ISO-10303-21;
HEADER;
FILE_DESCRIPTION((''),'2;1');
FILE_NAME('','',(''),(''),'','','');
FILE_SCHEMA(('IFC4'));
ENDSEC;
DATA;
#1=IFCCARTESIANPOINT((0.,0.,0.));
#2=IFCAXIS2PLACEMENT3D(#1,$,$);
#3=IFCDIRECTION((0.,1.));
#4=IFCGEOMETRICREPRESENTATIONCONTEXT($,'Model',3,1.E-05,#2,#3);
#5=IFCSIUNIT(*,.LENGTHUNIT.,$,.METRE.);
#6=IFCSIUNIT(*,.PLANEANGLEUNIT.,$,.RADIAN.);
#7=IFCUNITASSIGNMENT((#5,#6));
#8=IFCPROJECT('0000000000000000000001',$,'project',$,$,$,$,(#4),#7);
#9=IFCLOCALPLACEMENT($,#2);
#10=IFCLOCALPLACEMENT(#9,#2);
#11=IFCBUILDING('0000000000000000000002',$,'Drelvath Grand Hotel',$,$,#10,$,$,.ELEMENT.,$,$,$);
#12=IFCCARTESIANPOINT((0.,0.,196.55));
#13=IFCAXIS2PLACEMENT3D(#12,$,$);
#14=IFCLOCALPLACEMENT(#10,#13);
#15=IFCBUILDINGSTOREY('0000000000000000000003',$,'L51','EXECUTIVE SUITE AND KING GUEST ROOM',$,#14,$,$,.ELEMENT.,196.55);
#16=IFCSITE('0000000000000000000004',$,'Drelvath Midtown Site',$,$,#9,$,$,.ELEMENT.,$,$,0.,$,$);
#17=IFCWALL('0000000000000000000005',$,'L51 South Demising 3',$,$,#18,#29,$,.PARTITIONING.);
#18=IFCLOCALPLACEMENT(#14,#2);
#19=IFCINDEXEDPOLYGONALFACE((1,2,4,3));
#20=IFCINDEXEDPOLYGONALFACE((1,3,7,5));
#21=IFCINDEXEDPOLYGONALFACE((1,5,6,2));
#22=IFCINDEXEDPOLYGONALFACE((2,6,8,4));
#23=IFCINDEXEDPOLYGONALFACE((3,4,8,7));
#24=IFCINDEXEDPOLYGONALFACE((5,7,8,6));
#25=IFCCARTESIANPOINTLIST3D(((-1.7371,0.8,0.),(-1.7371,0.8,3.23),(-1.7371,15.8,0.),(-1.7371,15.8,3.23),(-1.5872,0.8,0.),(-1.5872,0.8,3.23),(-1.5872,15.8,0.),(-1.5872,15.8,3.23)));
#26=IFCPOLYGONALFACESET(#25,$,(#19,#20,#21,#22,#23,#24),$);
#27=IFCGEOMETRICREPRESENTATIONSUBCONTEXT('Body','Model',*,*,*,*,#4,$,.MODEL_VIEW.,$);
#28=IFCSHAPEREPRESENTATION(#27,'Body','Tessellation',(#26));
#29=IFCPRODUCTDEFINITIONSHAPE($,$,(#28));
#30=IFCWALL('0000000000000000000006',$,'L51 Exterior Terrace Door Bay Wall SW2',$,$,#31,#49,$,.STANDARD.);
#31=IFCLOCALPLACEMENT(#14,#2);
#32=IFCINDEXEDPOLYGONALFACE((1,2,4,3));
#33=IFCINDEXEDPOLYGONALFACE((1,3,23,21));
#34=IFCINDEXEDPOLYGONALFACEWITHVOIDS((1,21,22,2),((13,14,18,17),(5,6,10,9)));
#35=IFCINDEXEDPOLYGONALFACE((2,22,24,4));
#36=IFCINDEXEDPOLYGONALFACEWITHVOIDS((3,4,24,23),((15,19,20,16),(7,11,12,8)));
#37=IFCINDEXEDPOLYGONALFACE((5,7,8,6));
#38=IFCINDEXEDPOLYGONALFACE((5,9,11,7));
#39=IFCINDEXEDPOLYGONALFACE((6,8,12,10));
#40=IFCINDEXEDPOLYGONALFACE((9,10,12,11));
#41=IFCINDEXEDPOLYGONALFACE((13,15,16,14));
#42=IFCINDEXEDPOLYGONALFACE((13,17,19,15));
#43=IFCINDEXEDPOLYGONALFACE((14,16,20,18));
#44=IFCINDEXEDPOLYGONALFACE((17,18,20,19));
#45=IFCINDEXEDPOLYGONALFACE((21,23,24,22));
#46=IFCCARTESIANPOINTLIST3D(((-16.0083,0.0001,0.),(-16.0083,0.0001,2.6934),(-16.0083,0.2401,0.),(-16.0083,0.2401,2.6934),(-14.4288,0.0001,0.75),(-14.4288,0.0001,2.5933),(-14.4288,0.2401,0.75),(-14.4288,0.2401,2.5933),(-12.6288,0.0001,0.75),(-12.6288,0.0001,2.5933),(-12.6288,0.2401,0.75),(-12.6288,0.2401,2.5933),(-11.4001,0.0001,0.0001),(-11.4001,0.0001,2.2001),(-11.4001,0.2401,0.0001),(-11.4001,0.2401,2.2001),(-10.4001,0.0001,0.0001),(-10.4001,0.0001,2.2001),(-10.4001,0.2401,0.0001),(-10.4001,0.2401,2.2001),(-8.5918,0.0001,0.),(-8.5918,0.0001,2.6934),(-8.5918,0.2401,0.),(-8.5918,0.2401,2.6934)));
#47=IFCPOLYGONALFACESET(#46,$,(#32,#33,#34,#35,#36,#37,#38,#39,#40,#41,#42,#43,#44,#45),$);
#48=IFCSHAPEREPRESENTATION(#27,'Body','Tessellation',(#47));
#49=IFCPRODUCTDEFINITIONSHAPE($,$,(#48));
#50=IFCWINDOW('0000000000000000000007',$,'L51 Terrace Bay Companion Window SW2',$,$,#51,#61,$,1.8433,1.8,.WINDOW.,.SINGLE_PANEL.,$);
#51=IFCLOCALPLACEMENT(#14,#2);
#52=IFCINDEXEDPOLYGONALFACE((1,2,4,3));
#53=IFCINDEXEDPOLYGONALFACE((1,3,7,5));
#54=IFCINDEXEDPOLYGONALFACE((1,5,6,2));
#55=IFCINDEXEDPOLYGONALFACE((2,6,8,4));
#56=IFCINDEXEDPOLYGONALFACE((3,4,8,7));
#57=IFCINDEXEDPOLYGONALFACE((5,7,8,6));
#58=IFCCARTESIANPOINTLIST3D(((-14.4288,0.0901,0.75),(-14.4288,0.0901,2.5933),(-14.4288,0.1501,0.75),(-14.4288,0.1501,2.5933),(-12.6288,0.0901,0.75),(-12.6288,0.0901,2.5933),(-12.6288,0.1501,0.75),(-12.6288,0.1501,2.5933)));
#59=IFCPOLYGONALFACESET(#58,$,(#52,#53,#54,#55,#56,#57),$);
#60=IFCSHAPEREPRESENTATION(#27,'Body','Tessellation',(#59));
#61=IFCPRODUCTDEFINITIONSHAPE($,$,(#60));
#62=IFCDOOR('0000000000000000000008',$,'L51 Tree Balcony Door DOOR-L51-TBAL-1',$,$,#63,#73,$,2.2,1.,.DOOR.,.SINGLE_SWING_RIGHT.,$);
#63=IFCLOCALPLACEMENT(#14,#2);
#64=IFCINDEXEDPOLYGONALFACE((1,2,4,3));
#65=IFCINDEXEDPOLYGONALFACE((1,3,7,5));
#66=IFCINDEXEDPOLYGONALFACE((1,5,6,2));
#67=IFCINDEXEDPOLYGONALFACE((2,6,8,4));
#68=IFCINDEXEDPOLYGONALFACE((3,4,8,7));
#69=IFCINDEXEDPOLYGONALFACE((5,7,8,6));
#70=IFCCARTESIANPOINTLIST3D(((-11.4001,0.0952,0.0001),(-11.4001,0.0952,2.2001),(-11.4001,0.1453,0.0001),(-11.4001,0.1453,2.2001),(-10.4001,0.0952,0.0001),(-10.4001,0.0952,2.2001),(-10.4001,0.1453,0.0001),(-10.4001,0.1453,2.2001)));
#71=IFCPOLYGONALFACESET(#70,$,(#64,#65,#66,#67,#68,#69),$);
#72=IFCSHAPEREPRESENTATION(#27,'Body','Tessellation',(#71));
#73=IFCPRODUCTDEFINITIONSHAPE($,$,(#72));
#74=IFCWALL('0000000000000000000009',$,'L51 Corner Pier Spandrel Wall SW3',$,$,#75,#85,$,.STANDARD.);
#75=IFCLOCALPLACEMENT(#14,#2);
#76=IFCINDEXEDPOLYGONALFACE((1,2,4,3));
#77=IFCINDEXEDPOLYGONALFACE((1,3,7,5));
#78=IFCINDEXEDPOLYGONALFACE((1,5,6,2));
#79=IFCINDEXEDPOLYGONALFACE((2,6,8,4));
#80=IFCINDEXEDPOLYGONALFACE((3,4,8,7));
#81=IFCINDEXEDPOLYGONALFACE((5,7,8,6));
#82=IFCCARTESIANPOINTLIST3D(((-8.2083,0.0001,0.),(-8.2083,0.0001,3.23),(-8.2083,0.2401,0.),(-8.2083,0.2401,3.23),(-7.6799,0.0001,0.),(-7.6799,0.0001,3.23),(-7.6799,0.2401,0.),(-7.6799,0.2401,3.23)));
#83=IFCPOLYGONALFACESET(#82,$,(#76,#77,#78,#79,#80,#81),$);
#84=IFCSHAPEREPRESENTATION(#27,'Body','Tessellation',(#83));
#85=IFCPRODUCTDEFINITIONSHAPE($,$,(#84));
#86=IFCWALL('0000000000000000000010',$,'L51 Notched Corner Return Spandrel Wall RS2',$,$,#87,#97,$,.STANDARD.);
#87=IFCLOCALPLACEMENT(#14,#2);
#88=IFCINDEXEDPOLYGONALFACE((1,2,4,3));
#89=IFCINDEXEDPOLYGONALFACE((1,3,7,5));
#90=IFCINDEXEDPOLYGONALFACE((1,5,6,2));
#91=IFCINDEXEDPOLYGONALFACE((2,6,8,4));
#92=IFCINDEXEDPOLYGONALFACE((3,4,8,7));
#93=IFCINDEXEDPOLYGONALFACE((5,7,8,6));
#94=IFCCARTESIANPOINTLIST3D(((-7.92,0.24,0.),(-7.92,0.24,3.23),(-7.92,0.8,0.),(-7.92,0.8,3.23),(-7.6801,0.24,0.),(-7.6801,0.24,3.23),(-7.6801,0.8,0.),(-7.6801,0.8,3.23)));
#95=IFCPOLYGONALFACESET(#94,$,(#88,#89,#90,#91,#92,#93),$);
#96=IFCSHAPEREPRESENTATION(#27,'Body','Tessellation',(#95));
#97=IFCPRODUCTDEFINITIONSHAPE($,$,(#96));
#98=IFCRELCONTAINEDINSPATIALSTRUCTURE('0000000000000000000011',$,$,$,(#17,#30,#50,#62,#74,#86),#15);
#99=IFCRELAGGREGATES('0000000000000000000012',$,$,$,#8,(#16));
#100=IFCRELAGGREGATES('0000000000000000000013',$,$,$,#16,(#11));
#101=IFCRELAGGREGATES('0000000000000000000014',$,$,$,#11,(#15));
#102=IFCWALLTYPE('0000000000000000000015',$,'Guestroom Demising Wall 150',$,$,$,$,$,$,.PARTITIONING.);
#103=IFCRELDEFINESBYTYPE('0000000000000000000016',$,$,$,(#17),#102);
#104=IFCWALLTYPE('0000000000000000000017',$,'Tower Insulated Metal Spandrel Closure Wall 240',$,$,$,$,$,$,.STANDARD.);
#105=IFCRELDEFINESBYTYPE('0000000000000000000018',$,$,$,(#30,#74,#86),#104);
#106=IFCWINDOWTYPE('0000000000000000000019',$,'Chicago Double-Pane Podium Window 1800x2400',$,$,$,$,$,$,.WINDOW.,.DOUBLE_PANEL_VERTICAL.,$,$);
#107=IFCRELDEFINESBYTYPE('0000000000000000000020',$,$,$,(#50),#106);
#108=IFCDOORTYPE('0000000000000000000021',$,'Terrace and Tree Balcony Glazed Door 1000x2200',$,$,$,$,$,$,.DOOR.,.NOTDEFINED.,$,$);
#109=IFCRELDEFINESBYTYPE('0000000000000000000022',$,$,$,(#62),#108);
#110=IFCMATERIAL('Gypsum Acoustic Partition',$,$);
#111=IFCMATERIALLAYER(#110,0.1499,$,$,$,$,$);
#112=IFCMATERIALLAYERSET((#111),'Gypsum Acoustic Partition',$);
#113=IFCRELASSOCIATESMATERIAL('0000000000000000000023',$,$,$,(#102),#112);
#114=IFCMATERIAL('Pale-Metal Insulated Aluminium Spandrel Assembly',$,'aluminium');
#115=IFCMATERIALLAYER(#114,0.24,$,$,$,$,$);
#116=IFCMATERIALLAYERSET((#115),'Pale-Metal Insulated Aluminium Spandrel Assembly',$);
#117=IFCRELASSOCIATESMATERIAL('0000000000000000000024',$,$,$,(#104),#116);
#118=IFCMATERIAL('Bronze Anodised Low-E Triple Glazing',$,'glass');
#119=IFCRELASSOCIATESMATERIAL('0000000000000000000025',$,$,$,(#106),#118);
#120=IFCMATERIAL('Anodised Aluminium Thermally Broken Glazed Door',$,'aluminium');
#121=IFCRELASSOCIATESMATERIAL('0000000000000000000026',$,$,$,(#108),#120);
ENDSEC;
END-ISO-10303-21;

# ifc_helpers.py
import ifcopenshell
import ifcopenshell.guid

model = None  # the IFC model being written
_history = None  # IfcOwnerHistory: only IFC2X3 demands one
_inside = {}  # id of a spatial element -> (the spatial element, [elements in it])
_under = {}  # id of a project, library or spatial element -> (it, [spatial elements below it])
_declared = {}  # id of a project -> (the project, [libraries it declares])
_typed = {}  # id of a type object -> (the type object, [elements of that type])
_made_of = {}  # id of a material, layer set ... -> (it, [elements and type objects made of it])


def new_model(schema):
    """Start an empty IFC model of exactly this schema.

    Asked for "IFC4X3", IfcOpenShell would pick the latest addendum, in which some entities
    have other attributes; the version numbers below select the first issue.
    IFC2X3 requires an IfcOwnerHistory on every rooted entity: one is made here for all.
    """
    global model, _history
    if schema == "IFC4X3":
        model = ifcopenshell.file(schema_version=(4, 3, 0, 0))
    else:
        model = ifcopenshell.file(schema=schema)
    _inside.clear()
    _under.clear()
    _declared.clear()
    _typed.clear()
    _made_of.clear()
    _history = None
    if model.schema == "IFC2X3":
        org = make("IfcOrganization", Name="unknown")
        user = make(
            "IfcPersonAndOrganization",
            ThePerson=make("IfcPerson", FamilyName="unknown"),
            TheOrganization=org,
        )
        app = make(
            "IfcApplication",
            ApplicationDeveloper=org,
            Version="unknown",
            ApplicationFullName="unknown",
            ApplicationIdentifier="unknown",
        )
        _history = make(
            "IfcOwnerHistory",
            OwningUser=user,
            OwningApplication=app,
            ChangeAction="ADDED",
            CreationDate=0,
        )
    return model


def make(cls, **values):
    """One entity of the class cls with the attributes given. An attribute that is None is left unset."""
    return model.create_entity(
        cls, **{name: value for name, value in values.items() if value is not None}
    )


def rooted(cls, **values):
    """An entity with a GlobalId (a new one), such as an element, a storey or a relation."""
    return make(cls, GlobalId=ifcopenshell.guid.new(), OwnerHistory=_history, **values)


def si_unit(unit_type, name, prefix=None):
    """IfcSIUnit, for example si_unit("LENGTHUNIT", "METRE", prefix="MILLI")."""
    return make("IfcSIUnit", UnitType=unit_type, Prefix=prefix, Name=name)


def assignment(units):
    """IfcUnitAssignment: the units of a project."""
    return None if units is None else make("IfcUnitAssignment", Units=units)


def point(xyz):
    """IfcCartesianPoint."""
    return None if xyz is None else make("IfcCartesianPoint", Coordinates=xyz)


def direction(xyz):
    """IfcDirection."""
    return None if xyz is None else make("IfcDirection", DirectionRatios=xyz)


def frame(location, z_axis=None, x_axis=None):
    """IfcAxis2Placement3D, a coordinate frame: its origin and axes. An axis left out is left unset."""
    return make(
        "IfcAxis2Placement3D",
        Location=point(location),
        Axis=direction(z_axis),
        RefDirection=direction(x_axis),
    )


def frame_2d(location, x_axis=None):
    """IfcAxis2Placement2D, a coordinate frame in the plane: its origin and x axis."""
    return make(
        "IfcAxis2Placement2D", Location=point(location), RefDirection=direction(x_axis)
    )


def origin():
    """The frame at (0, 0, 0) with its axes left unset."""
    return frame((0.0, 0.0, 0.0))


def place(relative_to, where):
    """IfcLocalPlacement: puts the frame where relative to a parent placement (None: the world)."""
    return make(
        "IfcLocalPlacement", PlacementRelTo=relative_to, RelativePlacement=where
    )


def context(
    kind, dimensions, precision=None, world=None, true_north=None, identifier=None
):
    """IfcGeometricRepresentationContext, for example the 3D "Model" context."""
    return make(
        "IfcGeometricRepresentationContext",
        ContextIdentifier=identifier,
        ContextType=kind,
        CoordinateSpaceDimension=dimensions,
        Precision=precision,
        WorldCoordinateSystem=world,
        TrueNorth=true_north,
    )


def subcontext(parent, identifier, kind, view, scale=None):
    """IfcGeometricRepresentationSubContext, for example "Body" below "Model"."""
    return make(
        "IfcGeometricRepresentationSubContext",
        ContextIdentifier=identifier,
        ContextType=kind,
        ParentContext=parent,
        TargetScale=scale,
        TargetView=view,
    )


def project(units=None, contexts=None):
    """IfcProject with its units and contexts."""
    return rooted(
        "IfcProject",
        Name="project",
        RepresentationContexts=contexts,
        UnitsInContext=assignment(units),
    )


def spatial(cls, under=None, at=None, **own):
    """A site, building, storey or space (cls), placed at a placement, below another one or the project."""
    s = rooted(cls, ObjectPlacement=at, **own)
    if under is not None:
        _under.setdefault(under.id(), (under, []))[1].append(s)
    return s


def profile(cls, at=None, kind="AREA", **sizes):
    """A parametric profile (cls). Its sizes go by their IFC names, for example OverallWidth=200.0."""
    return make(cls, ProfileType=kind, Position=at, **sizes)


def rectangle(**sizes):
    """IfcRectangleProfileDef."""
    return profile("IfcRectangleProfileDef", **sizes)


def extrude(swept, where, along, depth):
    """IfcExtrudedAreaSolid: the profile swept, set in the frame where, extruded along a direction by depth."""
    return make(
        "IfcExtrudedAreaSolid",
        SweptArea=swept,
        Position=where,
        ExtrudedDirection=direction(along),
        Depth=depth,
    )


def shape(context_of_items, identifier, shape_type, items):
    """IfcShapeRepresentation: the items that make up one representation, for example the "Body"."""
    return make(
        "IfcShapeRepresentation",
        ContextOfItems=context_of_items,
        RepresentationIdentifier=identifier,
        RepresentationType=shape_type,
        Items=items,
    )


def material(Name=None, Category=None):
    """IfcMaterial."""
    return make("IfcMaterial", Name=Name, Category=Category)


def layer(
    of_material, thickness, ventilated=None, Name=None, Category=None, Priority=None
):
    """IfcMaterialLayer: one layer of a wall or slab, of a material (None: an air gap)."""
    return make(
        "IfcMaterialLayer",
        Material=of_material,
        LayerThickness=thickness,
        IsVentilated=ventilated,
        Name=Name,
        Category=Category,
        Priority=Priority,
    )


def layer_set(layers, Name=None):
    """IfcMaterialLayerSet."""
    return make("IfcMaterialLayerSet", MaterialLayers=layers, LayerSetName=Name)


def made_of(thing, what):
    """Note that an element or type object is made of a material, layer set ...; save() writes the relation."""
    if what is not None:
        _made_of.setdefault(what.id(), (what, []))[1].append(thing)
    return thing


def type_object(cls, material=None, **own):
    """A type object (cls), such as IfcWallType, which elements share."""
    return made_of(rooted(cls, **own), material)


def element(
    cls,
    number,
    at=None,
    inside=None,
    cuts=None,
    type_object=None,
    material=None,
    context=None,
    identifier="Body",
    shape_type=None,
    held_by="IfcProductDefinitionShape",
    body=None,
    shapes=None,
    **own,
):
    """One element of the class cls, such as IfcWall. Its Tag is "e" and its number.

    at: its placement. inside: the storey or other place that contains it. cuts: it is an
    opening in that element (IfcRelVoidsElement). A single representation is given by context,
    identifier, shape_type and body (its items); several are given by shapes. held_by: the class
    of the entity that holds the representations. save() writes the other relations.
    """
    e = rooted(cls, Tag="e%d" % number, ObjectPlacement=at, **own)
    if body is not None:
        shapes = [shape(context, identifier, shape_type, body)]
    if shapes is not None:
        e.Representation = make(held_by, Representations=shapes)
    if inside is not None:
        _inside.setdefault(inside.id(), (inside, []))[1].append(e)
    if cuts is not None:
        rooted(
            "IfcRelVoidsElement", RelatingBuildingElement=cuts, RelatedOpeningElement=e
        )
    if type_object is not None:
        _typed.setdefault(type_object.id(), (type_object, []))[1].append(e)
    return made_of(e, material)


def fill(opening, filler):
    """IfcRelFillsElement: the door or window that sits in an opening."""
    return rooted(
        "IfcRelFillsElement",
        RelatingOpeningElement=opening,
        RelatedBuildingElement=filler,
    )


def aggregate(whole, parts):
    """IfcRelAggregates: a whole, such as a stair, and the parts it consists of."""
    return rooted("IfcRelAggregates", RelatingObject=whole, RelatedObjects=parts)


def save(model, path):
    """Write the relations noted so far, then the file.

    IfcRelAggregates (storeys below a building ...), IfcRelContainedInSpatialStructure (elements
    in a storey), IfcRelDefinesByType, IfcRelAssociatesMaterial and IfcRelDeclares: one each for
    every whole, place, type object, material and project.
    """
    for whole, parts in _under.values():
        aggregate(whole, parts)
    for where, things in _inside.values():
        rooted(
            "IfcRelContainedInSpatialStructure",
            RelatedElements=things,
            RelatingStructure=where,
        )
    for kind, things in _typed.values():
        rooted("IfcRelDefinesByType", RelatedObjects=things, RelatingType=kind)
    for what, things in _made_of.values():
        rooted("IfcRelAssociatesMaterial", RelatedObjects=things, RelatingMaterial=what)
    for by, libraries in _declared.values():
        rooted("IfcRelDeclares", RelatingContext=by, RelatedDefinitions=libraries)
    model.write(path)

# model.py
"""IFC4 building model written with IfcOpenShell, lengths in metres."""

from ifc_helpers import new_model, si_unit, direction, frame, frame_2d, origin, place, context, subcontext, project, spatial, rectangle, extrude, material, layer, layer_set, type_object, element, fill, save


model = new_model("IFC4")

# Units and contexts
model_context = context("Model", 3, precision=1e-05, world=origin(), true_north=direction((0.0, 1.0)))
body_context = subcontext(model_context, "Body", "Model", "MODEL_VIEW")
ifc_project = project(units=[si_unit("LENGTHUNIT", "METRE"), si_unit("PLANEANGLEUNIT", "RADIAN")], contexts=[model_context])

# Site, building, storey
site_placement = place(None, origin())
site = spatial("IfcSite", under=ifc_project, at=site_placement, Name="Drelvath Midtown Site", CompositionType="ELEMENT", RefElevation=0.0)
building_placement = place(site_placement, origin())
building = spatial("IfcBuilding", under=site, at=building_placement, Name="Drelvath Grand Hotel", CompositionType="ELEMENT")
storey_placement = place(building_placement, frame((0.0, 0.0, 196.55)))
storey = spatial("IfcBuildingStorey", under=building, at=storey_placement, Name="L51", Description="EXECUTIVE SUITE AND KING GUEST ROOM", CompositionType="ELEMENT", Elevation=196.55)

# Wall
ifc_material_1 = material(Name="Gypsum Acoustic Partition")
ifc_layer_1 = layer(ifc_material_1, 0.1499)
ifc_layer_set_1 = layer_set([ifc_layer_1], Name="Gypsum Acoustic Partition")
wall_type_1 = type_object("IfcWallType", Name="Guestroom Demising Wall 150", PredefinedType="PARTITIONING", material=ifc_layer_set_1)
for number, where, z_axis, x_axis, name in (
    (1, (-1.6621, 0.8, 0.0), (0.0, 0.0, 1.0), (0.0, 1.0, 0.0), "L51 South Demising 3"),
):
    element("IfcWall", number, at=place(storey_placement, frame(where, z_axis=z_axis, x_axis=x_axis)), inside=storey, type_object=wall_type_1, Name=name, PredefinedType="PARTITIONING", context=body_context, shape_type="SweptSolid", body=[
        extrude(rectangle(XDim=15.0, YDim=0.1499, at=frame_2d((7.5, 0.0))), origin(), (0.0, 0.0, 1.0), 3.23),
    ])

# Wall, openings, window, door
ifc_material_2 = material(Name="Pale-Metal Insulated Aluminium Spandrel Assembly", Category="aluminium")
ifc_layer_2 = layer(ifc_material_2, 0.24)
ifc_layer_set_2 = layer_set([ifc_layer_2], Name="Pale-Metal Insulated Aluminium Spandrel Assembly")
wall_type_2 = type_object("IfcWallType", Name="Tower Insulated Metal Spandrel Closure Wall 240", PredefinedType="STANDARD", material=ifc_layer_set_2)
wall_1_placement = place(storey_placement, frame((-8.5918, 0.1201, 0.0), z_axis=(0.0, 0.0, 1.0), x_axis=(-1.0, 0.0, 0.0)))
wall_1 = element("IfcWall", 2, at=wall_1_placement, inside=storey, type_object=wall_type_2, Name="L51 Exterior Terrace Door Bay Wall SW2", PredefinedType="STANDARD", context=body_context, shape_type="SweptSolid", body=[
    extrude(rectangle(XDim=7.4165, YDim=0.24, at=frame_2d((3.7083, 0.0))), origin(), (0.0, 0.0, 1.0), 2.6934),
])
opening_1_placement = place(wall_1_placement, frame((1.8083, 0.0, 0.0)))
opening_1 = element("IfcOpeningElement", 3, at=opening_1_placement, cuts=wall_1, PredefinedType="OPENING", context=body_context, shape_type="SweptSolid", body=[
    extrude(rectangle(XDim=1.0, YDim=2.2, at=frame_2d((0.5, 1.1001))), frame((0.0, 0.1299, 0.0), z_axis=(0.0, -1.0, 0.0), x_axis=(1.0, 0.0, 0.0)), (0.0, 0.0, 1.0), 0.26),
])
opening_2_placement = place(wall_1_placement, frame((4.0371, 0.0, 0.75)))
opening_2 = element("IfcOpeningElement", 4, at=opening_2_placement, cuts=wall_1, PredefinedType="OPENING", context=body_context, shape_type="SweptSolid", body=[
    extrude(rectangle(XDim=1.8, YDim=1.8433, at=frame_2d((0.8999, 0.9216))), frame((0.0, 0.1299, 0.0), z_axis=(0.0, -1.0, 0.0), x_axis=(1.0, 0.0, 0.0)), (0.0, 0.0, 1.0), 0.26),
])
ifc_material_3 = material(Name="Bronze Anodised Low-E Triple Glazing", Category="glass")
window_type = type_object("IfcWindowType", Name="Chicago Double-Pane Podium Window 1800x2400", PartitioningType="DOUBLE_PANEL_VERTICAL", PredefinedType="WINDOW", material=ifc_material_3)
window_placement = place(opening_2_placement, origin())
window = element("IfcWindow", 5, at=window_placement, inside=storey, type_object=window_type, Name="L51 Terrace Bay Companion Window SW2", OverallHeight=1.8433, OverallWidth=1.8, PartitioningType="SINGLE_PANEL", PredefinedType="WINDOW", context=body_context, shape_type="SweptSolid", body=[
    extrude(rectangle(XDim=1.8, YDim=1.8433, at=frame_2d((0.8999, 0.9216))), frame((0.0, 0.03, 0.0), z_axis=(0.0, -1.0, 0.0), x_axis=(1.0, 0.0, 0.0)), (0.0, 0.0, 1.0), 0.0601),
])
fill(opening_2, window)
ifc_material_4 = material(Name="Anodised Aluminium Thermally Broken Glazed Door", Category="aluminium")
door_type_1 = type_object("IfcDoorType", Name="Terrace and Tree Balcony Glazed Door 1000x2200", OperationType="NOTDEFINED", PredefinedType="DOOR", material=ifc_material_4)
door_1_placement = place(opening_1_placement, origin())
door_1 = element("IfcDoor", 6, at=door_1_placement, inside=storey, type_object=door_type_1, Name="L51 Tree Balcony Door DOOR-L51-TBAL-1", OperationType="SINGLE_SWING_RIGHT", OverallHeight=2.2, OverallWidth=1.0, PredefinedType="DOOR", context=body_context, shape_type="SweptSolid", body=[
    extrude(rectangle(XDim=1.0, YDim=2.2, at=frame_2d((0.5, 1.1001))), frame((0.0, 0.0249, 0.0), z_axis=(0.0, -1.0, 0.0), x_axis=(1.0, 0.0, 0.0)), (0.0, 0.0, 1.0), 0.05),
])
fill(opening_1, door_1)

# Walls
wall_2_placement = place(storey_placement, frame((-7.6799, 0.1201, 0.0), z_axis=(0.0, 0.0, 1.0), x_axis=(-1.0, 0.0, 0.0)))
element("IfcWall", 7, at=wall_2_placement, inside=storey, type_object=wall_type_2, Name="L51 Corner Pier Spandrel Wall SW3", PredefinedType="STANDARD", context=body_context, shape_type="SweptSolid", body=[
    extrude(rectangle(XDim=0.5283, YDim=0.24, at=frame_2d((0.2642, 0.0))), origin(), (0.0, 0.0, 1.0), 3.23),
])
wall_3_placement = place(storey_placement, frame((-7.8, 0.8, 0.0), z_axis=(0.0, 0.0, 1.0), x_axis=(0.0, -1.0, 0.0)))
element("IfcWall", 8, at=wall_3_placement, inside=storey, type_object=wall_type_2, Name="L51 Notched Corner Return Spandrel Wall RS2", PredefinedType="STANDARD", context=body_context, shape_type="SweptSolid", body=[
    extrude(rectangle(XDim=0.5601, YDim=0.24, at=frame_2d((0.28, 0.0))), origin(), (0.0, 0.0, 1.0), 3.23),
])

save(model, "model.ifc")
